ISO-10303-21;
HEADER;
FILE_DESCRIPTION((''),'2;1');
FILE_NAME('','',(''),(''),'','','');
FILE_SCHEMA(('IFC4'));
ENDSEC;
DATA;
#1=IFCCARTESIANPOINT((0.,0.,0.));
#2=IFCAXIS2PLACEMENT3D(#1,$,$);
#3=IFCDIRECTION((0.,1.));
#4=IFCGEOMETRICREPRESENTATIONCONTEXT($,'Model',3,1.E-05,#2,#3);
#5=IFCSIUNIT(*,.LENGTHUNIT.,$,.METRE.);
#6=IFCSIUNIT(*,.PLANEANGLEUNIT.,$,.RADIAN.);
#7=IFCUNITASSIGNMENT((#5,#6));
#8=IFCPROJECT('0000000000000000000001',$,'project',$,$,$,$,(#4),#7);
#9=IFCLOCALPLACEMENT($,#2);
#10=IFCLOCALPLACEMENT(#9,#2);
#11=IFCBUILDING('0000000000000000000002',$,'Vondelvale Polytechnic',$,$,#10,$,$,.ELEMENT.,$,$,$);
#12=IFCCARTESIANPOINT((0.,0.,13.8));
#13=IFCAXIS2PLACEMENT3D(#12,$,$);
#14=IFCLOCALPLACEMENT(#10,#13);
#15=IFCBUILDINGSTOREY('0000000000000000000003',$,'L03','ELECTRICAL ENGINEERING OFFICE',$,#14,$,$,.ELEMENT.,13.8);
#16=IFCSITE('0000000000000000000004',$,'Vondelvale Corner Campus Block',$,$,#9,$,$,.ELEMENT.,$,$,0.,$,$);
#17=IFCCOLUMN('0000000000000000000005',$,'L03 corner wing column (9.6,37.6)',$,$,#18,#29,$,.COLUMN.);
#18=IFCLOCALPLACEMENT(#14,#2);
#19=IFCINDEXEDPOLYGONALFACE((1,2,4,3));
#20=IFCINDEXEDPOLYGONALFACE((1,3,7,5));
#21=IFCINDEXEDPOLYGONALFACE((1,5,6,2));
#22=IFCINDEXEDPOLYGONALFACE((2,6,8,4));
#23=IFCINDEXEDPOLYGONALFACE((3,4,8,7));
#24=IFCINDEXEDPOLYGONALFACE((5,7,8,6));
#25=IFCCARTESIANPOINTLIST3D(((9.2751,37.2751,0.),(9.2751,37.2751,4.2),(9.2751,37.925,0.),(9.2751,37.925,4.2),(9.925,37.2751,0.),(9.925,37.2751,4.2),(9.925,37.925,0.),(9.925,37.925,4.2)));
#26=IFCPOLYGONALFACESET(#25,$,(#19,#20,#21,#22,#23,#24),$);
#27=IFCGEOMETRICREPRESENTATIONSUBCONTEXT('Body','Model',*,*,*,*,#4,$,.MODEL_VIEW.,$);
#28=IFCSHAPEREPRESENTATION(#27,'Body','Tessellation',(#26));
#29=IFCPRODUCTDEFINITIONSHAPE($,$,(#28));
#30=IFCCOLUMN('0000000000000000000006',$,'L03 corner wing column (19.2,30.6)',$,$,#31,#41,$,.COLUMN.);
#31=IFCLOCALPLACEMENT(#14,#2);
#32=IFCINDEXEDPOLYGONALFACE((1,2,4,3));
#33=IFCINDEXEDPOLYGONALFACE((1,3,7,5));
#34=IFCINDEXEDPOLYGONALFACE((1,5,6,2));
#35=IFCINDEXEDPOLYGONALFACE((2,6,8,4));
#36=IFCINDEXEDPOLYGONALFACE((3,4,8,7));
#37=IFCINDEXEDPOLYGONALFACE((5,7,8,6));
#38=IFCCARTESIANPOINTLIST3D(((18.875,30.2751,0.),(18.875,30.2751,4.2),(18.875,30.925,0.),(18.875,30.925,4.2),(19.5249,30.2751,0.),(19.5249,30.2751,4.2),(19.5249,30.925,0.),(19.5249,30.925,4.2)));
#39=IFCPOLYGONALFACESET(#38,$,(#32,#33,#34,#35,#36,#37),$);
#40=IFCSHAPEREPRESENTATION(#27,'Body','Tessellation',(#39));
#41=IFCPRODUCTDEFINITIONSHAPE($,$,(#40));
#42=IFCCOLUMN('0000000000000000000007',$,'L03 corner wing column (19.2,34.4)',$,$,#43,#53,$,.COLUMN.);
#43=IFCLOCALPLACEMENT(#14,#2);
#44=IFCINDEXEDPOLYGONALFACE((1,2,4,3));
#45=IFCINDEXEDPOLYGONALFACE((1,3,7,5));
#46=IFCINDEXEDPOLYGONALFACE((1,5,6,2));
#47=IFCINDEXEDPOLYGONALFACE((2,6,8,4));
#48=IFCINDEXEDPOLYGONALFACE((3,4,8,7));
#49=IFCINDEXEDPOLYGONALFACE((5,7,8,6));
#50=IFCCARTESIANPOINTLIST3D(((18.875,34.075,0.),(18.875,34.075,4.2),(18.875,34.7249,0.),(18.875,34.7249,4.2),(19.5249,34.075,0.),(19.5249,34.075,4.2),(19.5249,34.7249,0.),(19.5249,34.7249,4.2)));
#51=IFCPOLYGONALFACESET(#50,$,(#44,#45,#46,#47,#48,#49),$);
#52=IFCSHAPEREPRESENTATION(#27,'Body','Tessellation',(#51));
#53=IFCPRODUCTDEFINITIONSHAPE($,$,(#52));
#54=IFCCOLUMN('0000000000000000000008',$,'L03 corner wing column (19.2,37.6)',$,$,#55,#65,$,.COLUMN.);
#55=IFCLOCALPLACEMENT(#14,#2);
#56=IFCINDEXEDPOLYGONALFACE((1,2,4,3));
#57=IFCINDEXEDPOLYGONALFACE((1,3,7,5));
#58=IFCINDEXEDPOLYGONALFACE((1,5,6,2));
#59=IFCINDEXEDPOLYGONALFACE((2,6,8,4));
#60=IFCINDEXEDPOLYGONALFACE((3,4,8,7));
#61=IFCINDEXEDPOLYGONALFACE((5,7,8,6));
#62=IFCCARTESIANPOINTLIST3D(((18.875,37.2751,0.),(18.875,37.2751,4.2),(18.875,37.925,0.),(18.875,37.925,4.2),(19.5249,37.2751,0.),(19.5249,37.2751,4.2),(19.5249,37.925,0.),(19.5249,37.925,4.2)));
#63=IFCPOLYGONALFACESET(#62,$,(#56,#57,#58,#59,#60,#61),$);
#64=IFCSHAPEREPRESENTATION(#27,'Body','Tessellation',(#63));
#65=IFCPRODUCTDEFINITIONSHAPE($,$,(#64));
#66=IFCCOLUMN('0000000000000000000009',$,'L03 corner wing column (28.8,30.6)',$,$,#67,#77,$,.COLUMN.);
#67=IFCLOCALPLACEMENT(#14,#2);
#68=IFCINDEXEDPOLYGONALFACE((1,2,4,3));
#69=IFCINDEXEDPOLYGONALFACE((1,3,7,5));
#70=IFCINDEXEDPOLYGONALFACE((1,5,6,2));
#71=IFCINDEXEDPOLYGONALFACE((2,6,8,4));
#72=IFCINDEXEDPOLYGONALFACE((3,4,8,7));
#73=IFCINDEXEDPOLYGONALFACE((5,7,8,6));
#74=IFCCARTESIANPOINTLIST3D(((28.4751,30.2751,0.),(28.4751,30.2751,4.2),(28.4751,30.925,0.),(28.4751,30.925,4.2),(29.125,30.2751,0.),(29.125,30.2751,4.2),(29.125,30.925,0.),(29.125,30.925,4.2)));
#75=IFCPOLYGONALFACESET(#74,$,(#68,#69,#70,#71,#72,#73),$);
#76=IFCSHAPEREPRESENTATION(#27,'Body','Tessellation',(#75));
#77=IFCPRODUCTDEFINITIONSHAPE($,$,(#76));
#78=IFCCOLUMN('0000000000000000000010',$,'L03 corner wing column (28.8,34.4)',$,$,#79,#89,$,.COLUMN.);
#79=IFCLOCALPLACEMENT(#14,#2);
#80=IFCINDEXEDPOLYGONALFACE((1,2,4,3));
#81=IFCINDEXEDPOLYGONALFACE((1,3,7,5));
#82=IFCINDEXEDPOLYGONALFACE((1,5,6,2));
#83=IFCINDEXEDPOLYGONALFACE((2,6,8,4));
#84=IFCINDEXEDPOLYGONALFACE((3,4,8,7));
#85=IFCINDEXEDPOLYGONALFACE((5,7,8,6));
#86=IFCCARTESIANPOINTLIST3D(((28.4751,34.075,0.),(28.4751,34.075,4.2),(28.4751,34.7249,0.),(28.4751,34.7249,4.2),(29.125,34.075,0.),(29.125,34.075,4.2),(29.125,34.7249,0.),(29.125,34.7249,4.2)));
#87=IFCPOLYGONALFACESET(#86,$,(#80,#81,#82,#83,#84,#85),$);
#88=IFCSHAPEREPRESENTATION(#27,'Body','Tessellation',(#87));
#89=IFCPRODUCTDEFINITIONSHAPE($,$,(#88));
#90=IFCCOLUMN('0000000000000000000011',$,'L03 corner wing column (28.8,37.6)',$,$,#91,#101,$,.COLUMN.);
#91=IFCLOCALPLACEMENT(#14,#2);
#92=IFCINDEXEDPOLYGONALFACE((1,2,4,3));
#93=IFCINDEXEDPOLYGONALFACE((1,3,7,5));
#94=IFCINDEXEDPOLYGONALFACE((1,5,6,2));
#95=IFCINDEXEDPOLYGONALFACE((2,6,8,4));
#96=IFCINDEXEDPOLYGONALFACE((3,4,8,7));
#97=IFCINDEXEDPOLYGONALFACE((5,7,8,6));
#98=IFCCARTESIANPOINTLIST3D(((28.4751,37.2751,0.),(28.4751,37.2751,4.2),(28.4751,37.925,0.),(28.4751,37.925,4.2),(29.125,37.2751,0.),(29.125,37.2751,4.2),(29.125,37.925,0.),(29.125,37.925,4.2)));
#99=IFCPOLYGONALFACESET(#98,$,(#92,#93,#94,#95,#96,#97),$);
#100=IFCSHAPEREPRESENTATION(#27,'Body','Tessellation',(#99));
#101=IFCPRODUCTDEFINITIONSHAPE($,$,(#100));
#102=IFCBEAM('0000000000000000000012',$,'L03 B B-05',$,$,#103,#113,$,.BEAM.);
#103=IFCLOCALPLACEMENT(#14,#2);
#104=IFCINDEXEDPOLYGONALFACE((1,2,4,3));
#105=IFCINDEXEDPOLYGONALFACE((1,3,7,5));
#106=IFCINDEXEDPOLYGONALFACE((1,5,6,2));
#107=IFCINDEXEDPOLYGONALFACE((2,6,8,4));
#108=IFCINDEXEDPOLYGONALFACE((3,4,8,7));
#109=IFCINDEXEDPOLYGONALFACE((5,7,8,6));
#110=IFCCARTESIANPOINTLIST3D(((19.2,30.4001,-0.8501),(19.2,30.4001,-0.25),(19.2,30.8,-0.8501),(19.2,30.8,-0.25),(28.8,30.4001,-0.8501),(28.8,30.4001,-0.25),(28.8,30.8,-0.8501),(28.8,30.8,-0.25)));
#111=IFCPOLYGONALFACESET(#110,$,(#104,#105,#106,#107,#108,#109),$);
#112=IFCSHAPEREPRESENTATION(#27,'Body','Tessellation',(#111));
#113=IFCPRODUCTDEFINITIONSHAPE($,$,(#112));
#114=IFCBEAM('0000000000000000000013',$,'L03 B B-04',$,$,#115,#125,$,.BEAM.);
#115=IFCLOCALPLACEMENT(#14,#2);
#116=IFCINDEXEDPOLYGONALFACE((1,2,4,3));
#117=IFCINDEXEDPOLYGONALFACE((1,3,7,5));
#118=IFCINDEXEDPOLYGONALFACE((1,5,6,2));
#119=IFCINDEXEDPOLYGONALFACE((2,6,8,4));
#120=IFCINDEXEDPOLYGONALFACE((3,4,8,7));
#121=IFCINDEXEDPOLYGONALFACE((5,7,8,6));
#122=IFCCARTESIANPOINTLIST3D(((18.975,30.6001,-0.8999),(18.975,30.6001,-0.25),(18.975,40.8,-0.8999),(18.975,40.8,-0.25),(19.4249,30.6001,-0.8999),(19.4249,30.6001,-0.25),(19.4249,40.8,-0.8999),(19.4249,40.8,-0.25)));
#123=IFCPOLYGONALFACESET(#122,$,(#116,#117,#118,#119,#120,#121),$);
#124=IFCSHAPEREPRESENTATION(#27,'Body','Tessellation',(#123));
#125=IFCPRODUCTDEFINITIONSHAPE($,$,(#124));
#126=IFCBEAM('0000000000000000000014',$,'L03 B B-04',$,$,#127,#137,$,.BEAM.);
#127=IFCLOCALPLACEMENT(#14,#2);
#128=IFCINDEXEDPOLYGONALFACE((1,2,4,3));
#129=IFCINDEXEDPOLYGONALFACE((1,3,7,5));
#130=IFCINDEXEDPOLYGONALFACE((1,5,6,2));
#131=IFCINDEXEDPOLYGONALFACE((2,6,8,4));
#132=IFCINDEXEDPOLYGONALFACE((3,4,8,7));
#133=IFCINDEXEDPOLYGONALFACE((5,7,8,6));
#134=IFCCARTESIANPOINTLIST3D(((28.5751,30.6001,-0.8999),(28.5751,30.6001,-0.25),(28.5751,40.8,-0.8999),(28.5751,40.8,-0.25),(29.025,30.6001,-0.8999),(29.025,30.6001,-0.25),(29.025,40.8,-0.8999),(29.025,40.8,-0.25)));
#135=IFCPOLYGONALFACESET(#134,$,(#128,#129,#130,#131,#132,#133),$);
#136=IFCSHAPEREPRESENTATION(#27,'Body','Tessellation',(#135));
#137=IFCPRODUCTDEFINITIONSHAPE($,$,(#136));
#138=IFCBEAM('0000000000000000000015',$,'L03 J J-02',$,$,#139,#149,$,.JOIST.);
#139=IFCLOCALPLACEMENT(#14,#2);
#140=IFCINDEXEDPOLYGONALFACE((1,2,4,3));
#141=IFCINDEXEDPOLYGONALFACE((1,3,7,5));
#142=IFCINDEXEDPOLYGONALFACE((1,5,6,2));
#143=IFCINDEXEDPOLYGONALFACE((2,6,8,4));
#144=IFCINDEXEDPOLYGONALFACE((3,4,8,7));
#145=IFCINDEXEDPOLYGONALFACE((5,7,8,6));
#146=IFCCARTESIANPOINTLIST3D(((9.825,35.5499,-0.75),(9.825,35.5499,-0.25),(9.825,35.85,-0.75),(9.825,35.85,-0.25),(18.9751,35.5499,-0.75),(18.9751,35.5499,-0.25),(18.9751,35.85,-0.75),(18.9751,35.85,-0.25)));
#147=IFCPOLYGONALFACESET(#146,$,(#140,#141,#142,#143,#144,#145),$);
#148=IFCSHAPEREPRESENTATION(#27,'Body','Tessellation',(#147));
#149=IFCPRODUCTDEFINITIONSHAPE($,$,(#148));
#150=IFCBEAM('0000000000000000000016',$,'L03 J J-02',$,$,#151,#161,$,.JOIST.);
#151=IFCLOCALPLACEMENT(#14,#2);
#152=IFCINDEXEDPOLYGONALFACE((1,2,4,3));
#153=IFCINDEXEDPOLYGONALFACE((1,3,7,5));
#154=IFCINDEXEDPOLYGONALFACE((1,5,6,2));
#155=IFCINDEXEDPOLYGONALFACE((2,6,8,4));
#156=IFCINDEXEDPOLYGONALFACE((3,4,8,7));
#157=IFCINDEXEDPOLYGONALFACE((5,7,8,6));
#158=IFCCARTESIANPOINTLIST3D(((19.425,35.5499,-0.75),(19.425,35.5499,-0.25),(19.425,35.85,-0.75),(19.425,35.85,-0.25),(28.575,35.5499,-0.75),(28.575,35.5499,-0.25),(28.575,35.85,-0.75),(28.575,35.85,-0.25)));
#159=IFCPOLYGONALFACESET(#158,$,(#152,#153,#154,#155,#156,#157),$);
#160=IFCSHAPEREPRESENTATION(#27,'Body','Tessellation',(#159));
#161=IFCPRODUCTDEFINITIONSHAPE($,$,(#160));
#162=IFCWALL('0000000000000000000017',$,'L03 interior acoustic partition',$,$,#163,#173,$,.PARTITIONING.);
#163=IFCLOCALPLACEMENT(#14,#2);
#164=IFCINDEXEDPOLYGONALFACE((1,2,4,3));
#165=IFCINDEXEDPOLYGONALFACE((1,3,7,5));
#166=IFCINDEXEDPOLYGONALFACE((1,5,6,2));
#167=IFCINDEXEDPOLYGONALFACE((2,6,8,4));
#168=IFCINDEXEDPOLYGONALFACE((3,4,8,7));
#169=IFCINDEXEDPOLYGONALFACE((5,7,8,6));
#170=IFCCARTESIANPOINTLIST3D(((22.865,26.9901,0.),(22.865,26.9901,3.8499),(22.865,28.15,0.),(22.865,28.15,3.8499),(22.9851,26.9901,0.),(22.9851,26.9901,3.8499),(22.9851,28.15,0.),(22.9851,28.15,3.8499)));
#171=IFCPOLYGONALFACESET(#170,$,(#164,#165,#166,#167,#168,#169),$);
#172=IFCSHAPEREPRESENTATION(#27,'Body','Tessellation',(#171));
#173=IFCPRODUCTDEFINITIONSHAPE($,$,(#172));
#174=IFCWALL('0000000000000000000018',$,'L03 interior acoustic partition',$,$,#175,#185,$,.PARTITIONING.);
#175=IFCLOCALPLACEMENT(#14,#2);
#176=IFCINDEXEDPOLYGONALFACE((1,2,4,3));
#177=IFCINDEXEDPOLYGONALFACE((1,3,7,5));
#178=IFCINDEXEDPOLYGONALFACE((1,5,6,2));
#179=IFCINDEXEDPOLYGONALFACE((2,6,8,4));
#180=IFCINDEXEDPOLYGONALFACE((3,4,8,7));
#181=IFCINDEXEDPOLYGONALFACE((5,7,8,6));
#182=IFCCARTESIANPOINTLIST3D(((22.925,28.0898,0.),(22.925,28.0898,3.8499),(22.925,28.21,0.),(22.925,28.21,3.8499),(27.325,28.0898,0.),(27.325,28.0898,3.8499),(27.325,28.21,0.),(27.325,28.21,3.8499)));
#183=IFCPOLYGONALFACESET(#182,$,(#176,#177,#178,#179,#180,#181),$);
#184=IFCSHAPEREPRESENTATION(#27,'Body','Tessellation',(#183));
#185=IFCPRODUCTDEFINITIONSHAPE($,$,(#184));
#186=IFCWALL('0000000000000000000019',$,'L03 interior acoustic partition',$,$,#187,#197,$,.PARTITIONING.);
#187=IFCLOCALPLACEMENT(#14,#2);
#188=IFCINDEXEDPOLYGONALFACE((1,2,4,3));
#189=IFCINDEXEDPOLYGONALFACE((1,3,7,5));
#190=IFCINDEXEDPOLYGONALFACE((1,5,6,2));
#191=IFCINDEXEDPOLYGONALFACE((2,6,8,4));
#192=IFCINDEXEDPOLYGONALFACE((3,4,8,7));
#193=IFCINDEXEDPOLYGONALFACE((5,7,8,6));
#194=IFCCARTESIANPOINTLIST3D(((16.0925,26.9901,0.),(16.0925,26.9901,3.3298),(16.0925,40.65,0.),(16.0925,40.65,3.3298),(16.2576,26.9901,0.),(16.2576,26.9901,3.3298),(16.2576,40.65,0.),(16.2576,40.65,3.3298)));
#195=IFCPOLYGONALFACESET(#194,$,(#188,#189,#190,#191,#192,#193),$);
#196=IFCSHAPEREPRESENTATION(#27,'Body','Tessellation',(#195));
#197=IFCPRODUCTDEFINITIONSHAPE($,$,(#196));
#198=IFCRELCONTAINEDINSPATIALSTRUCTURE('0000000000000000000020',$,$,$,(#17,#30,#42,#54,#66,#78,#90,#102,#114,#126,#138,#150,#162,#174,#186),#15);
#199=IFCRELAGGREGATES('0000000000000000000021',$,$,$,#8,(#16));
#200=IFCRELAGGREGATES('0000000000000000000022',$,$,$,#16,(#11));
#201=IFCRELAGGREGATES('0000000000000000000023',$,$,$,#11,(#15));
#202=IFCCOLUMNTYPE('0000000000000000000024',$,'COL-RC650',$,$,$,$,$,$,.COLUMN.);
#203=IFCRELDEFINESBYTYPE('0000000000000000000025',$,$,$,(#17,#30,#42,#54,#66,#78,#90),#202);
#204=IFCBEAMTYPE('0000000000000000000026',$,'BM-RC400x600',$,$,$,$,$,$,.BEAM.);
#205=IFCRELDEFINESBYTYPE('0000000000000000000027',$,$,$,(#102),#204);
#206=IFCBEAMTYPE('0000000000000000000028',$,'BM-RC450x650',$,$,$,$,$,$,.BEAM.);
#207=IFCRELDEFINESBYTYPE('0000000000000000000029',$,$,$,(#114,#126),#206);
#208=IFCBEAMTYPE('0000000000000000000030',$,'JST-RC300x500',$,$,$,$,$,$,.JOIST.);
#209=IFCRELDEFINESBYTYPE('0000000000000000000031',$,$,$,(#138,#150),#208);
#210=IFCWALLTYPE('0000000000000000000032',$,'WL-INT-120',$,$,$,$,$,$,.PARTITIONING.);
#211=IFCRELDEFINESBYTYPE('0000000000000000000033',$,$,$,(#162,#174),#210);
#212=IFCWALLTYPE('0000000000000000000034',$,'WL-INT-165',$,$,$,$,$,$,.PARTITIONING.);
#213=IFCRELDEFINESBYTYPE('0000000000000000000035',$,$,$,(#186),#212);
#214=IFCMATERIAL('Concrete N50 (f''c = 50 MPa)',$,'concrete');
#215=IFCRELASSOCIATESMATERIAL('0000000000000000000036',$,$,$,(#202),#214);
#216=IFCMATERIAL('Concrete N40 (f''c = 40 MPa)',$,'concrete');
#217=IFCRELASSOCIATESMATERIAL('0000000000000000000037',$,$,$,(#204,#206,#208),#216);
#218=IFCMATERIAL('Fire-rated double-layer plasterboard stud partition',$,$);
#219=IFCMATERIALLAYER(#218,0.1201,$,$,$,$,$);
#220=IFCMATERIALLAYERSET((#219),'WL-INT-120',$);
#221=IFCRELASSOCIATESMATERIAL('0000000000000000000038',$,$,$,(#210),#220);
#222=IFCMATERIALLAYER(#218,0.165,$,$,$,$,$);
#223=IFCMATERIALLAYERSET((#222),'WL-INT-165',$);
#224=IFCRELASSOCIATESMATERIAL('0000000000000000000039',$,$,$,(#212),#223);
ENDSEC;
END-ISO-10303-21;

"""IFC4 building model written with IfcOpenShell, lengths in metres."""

from ifc_helpers import new_model, si_unit, direction, frame, frame_2d, origin, origin_2d, place, context, subcontext, project, spatial, rectangle, extrude, material, layer, layer_set, material_profile, profile_set, type_object, element, save


model = new_model("IFC4")

# Units and contexts
model_context = context("Model", 3, precision=1e-05, world=origin(), true_north=direction((0.0, 1.0)))
body_context = subcontext(model_context, "Body", "Model", "MODEL_VIEW")
ifc_project = project(units=[si_unit("LENGTHUNIT", "METRE"), si_unit("PLANEANGLEUNIT", "RADIAN")], contexts=[model_context])

# Site, building, storey
site_placement = place(None, origin())
site = spatial("IfcSite", under=ifc_project, at=site_placement, Name="Vondelvale Corner Campus Block", CompositionType="ELEMENT", RefElevation=0.0)
building_placement = place(site_placement, origin())
building = spatial("IfcBuilding", under=site, at=building_placement, Name="Vondelvale Polytechnic", CompositionType="ELEMENT")
storey_placement = place(building_placement, frame((0.0, 0.0, 13.8)))
storey = spatial("IfcBuildingStorey", under=building, at=storey_placement, Name="L03", Description="ELECTRICAL ENGINEERING OFFICE", CompositionType="ELEMENT", Elevation=13.8)

# Columns
ifc_material_1 = material(Name="Concrete N50 (f'c = 50 MPa)", Category="concrete")
ifc_material_profile_1 = material_profile(ifc_material_1, rectangle(XDim=0.6499, YDim=0.6499, at=origin_2d()), Name="RC-COL-650x650")
ifc_profile_set_1 = profile_set([ifc_material_profile_1], Name="Concrete N50 (f'c = 50 MPa)")
column_type = type_object("IfcColumnType", Name="COL-RC650", PredefinedType="COLUMN", material=ifc_profile_set_1)
for number, where, z_axis, x_axis, name in (
    (1, (9.6001, 37.6001, 0.0), (0.0, 0.0, 1.0), (1.0, 0.0, 0.0), "L03 corner wing column (9.6,37.6)"),
    (2, (19.2, 30.6001, 0.0), (0.0, 0.0, 1.0), (1.0, 0.0, 0.0), "L03 corner wing column (19.2,30.6)"),
    (3, (19.2, 34.3999, 0.0), (0.0, 0.0, 1.0), (1.0, 0.0, 0.0), "L03 corner wing column (19.2,34.4)"),
    (4, (19.2, 37.6001, 0.0), (0.0, 0.0, 1.0), (1.0, 0.0, 0.0), "L03 corner wing column (19.2,37.6)"),
    (5, (28.8, 30.6001, 0.0), (0.0, 0.0, 1.0), (1.0, 0.0, 0.0), "L03 corner wing column (28.8,30.6)"),
    (6, (28.8, 34.3999, 0.0), (0.0, 0.0, 1.0), (1.0, 0.0, 0.0), "L03 corner wing column (28.8,34.4)"),
    (7, (28.8, 37.6001, 0.0), (0.0, 0.0, 1.0), (1.0, 0.0, 0.0), "L03 corner wing column (28.8,37.6)"),
):
    element("IfcColumn", number, at=place(storey_placement, frame(where, z_axis=z_axis, x_axis=x_axis)), inside=storey, type_object=column_type, Name=name, PredefinedType="COLUMN", context=body_context, shape_type="SweptSolid", body=[
        extrude(rectangle(XDim=0.6499, YDim=0.6499, at=origin_2d()), origin(), (0.0, 0.0, 1.0), 4.2),
    ])

# Beams
ifc_material_2 = material(Name="Concrete N40 (f'c = 40 MPa)", Category="concrete")
ifc_material_profile_2 = material_profile(ifc_material_2, rectangle(XDim=0.3999, YDim=0.6001, at=origin_2d()), Name="RC-BM-400x600")
ifc_profile_set_2 = profile_set([ifc_material_profile_2], Name="Concrete N40 (f'c = 40 MPa)")
beam_type_1 = type_object("IfcBeamType", Name="BM-RC400x600", PredefinedType="BEAM", material=ifc_profile_set_2)
beam_1_placement = place(storey_placement, frame((19.2, 30.6001, -0.55), z_axis=(1.0, 0.0, 0.0), x_axis=(0.0, 1.0, 0.0)))
element("IfcBeam", 8, at=beam_1_placement, inside=storey, type_object=beam_type_1, Name="L03 B B-05", PredefinedType="BEAM", context=body_context, shape_type="SweptSolid", body=[
    extrude(rectangle(XDim=0.3999, YDim=0.6001, at=origin_2d()), origin(), (0.0, 0.0, 1.0), 9.6001),
])
ifc_material_profile_3 = material_profile(ifc_material_2, rectangle(XDim=0.45, YDim=0.6499, at=origin_2d()), Name="RC-BM-450x650")
ifc_profile_set_3 = profile_set([ifc_material_profile_3], Name="Concrete N40 (f'c = 40 MPa)")
beam_type_2 = type_object("IfcBeamType", Name="BM-RC450x650", PredefinedType="BEAM", material=ifc_profile_set_3)
for number, where, z_axis, x_axis, name in (
    (9, (19.2, 30.6001, -0.575), (0.0, 1.0, 0.0), (-1.0, 0.0, 0.0), "L03 B B-04"),
    (10, (28.8, 30.6001, -0.575), (0.0, 1.0, 0.0), (-1.0, 0.0, 0.0), "L03 B B-04"),
):
    element("IfcBeam", number, at=place(storey_placement, frame(where, z_axis=z_axis, x_axis=x_axis)), inside=storey, type_object=beam_type_2, Name=name, PredefinedType="BEAM", context=body_context, shape_type="SweptSolid", body=[
        extrude(rectangle(XDim=0.45, YDim=0.6499, at=origin_2d()), origin(), (0.0, 0.0, 1.0), 10.2),
    ])
ifc_material_profile_4 = material_profile(ifc_material_2, rectangle(XDim=0.3, YDim=0.5, at=origin_2d()), Name="RC-JST-300x500")
ifc_profile_set_4 = profile_set([ifc_material_profile_4], Name="Concrete N40 (f'c = 40 MPa)")
beam_type_3 = type_object("IfcBeamType", Name="JST-RC300x500", PredefinedType="JOIST", material=ifc_profile_set_4)
beam_2_placement = place(storey_placement, frame((9.825, 35.7, -0.5), z_axis=(1.0, 0.0, 0.0), x_axis=(0.0, 1.0, 0.0)))
element("IfcBeam", 11, at=beam_2_placement, inside=storey, type_object=beam_type_3, Name="L03 J J-02", PredefinedType="JOIST", context=body_context, shape_type="SweptSolid", body=[
    extrude(rectangle(XDim=0.3, YDim=0.5, at=origin_2d()), origin(), (0.0, 0.0, 1.0), 9.1501),
])
beam_3_placement = place(storey_placement, frame((19.425, 35.7, -0.5), z_axis=(1.0, 0.0, 0.0), x_axis=(0.0, 1.0, 0.0)))
element("IfcBeam", 12, at=beam_3_placement, inside=storey, type_object=beam_type_3, Name="L03 J J-02", PredefinedType="JOIST", context=body_context, shape_type="SweptSolid", body=[
    extrude(rectangle(XDim=0.3, YDim=0.5, at=origin_2d()), origin(), (0.0, 0.0, 1.0), 9.1499),
])

# Walls
ifc_material_3 = material(Name="Fire-rated double-layer plasterboard stud partition")
ifc_layer_1 = layer(ifc_material_3, 0.1201)
ifc_layer_set_1 = layer_set([ifc_layer_1], Name="WL-INT-120")
wall_type_1 = type_object("IfcWallType", Name="WL-INT-120", PredefinedType="PARTITIONING", material=ifc_layer_set_1)
wall_1_placement = place(storey_placement, frame((22.925, 26.99, 0.0), z_axis=(0.0, 0.0, 1.0), x_axis=(0.0, 1.0, 0.0)))
element("IfcWall", 13, at=wall_1_placement, inside=storey, type_object=wall_type_1, Name="L03 interior acoustic partition", PredefinedType="PARTITIONING", context=body_context, shape_type="SweptSolid", body=[
    extrude(rectangle(XDim=1.1599, YDim=0.1201, at=frame_2d((0.5801, 0.0))), origin(), (0.0, 0.0, 1.0), 3.8499),
])
wall_2_placement = place(storey_placement, frame((22.925, 28.1499, 0.0), z_axis=(0.0, 0.0, 1.0), x_axis=(1.0, 0.0, 0.0)))
element("IfcWall", 14, at=wall_2_placement, inside=storey, type_object=wall_type_1, Name="L03 interior acoustic partition", PredefinedType="PARTITIONING", context=body_context, shape_type="SweptSolid", body=[
    extrude(rectangle(XDim=4.3999, YDim=0.1201, at=frame_2d((2.2, 0.0))), origin(), (0.0, 0.0, 1.0), 3.8499),
])
ifc_layer_2 = layer(ifc_material_3, 0.165)
ifc_layer_set_2 = layer_set([ifc_layer_2], Name="WL-INT-165")
wall_type_2 = type_object("IfcWallType", Name="WL-INT-165", PredefinedType="PARTITIONING", material=ifc_layer_set_2)
wall_3_placement = place(storey_placement, frame((16.175, 26.99, 0.0), z_axis=(0.0, 0.0, 1.0), x_axis=(0.0, 1.0, 0.0)))
element("IfcWall", 15, at=wall_3_placement, inside=storey, type_object=wall_type_2, Name="L03 interior acoustic partition", PredefinedType="PARTITIONING", context=body_context, shape_type="SweptSolid", body=[
    extrude(rectangle(XDim=13.6599, YDim=0.165, at=frame_2d((6.8301, 0.0))), origin(), (0.0, 0.0, 1.0), 3.3298),
])

save(model, "model.ifc")
